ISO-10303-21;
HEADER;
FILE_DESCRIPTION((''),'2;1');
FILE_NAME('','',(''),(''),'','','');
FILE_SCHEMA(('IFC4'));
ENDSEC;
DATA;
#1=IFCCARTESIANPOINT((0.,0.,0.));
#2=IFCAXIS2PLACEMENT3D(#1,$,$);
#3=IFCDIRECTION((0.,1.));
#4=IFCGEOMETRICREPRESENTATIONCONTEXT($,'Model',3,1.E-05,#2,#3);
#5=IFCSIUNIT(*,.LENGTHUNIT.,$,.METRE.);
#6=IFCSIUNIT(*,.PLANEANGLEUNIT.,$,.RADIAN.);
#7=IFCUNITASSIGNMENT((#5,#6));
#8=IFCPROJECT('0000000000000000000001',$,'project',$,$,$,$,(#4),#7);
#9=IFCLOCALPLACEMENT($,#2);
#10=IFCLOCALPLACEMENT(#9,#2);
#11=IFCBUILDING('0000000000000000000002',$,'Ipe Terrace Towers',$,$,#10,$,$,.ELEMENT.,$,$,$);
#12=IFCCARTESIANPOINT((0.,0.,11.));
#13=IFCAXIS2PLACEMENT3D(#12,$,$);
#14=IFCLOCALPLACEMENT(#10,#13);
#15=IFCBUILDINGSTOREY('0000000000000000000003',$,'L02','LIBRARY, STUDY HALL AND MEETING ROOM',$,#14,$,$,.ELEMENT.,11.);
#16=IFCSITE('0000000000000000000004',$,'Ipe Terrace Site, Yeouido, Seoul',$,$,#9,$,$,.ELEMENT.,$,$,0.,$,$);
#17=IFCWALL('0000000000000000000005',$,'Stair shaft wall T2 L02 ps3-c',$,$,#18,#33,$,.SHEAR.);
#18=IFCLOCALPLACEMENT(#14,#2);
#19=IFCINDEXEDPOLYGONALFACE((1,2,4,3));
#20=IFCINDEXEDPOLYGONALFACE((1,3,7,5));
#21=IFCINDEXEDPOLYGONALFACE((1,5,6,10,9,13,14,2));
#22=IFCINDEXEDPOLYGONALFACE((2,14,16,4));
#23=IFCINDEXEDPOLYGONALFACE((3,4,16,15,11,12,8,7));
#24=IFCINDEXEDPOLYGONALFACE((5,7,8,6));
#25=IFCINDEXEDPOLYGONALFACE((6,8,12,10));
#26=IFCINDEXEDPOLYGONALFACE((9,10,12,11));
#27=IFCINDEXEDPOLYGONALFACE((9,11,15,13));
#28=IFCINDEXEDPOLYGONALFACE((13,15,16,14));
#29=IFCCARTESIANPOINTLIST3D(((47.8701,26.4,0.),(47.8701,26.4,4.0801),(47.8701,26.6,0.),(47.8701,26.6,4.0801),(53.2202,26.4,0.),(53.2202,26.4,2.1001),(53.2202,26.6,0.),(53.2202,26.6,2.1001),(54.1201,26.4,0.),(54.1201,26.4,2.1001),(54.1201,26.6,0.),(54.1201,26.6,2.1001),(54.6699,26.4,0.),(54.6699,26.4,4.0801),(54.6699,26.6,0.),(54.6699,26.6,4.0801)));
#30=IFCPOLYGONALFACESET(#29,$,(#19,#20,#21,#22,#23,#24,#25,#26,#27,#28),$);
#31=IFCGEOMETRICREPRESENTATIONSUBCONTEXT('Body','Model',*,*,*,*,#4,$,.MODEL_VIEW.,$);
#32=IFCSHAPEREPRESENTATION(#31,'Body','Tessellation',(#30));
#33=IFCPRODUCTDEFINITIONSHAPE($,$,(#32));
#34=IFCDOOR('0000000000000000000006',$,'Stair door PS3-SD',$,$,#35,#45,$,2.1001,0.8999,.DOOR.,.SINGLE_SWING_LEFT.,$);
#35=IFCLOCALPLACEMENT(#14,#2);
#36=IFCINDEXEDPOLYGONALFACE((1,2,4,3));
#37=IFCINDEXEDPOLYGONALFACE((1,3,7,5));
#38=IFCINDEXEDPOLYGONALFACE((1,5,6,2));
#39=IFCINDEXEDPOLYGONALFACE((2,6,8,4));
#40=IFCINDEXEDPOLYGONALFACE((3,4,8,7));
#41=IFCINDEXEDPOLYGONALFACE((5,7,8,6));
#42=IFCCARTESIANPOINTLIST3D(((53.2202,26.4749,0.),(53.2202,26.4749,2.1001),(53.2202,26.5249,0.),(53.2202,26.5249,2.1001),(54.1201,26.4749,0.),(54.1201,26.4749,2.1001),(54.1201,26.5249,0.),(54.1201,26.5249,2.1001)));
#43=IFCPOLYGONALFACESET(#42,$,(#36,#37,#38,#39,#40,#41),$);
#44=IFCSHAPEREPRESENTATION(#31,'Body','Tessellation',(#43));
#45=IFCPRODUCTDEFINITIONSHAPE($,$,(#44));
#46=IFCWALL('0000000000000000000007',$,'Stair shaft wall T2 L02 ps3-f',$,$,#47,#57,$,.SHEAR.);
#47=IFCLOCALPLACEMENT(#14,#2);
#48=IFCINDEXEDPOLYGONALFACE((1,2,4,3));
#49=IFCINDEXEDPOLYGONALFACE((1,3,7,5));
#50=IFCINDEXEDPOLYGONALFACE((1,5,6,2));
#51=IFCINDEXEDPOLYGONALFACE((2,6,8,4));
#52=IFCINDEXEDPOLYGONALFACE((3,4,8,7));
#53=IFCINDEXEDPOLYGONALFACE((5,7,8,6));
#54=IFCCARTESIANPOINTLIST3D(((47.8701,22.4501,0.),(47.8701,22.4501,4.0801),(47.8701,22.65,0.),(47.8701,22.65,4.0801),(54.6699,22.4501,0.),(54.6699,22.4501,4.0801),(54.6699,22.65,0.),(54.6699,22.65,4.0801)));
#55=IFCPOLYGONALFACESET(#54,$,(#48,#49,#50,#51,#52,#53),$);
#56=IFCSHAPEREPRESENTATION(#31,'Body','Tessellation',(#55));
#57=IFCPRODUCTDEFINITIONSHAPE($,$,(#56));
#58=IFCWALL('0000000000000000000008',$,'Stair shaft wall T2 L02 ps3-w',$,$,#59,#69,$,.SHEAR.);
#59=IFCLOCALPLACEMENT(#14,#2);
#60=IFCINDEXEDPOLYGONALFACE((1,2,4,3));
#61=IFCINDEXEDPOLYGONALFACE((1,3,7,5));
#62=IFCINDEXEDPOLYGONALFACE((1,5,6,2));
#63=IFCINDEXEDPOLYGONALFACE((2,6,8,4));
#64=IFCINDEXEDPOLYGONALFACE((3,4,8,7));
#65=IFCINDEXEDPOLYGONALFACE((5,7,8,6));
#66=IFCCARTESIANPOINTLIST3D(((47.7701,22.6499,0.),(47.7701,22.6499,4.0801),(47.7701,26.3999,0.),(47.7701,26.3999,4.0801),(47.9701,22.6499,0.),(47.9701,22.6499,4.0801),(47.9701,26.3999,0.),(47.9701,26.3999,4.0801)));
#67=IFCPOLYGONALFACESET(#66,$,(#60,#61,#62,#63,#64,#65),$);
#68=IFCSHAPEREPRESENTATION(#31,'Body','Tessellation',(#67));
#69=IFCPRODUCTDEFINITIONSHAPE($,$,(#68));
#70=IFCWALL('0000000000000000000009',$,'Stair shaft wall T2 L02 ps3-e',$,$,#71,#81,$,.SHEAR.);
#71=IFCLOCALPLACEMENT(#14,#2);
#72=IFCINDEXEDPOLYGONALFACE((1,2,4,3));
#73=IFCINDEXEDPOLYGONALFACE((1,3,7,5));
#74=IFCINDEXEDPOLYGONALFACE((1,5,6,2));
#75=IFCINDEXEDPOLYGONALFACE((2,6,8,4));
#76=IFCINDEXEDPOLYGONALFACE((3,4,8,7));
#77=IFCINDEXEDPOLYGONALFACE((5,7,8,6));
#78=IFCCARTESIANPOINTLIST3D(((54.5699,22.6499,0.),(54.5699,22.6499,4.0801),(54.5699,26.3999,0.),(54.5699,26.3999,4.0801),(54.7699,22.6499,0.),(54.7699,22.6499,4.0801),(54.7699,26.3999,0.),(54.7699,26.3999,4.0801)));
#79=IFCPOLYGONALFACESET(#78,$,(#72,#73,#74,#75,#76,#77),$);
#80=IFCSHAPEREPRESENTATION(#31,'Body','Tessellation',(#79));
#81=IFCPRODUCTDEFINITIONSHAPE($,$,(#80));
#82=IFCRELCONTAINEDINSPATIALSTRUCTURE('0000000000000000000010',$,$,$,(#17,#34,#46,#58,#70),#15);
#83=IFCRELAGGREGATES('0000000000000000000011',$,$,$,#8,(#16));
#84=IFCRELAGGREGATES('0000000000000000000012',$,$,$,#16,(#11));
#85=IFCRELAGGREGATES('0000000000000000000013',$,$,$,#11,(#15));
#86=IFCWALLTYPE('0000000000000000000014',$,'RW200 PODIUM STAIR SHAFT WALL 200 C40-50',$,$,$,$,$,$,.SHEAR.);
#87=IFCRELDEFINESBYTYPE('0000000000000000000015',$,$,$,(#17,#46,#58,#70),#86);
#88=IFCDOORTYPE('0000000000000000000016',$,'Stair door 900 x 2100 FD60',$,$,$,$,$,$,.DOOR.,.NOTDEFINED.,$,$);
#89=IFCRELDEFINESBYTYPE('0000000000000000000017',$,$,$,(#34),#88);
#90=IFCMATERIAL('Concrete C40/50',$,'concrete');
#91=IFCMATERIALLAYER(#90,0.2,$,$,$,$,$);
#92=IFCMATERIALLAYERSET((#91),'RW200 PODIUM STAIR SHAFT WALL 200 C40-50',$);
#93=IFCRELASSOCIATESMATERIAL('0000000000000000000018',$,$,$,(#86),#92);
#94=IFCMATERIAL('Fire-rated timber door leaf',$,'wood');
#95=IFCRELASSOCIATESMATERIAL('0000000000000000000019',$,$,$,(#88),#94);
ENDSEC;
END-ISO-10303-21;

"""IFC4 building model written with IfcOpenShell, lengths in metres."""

from ifc_helpers import new_model, si_unit, direction, frame, frame_2d, origin, place, context, subcontext, project, spatial, rectangle, extrude, material, layer, layer_set, type_object, element, fill, save


model = new_model("IFC4")

# Units and contexts
model_context = context("Model", 3, precision=1e-05, world=origin(), true_north=direction((0.0, 1.0)))
body_context = subcontext(model_context, "Body", "Model", "MODEL_VIEW")
ifc_project = project(units=[si_unit("LENGTHUNIT", "METRE"), si_unit("PLANEANGLEUNIT", "RADIAN")], contexts=[model_context])

# Site, building, storey
site_placement = place(None, origin())
site = spatial("IfcSite", under=ifc_project, at=site_placement, Name="Ipe Terrace Site, Yeouido, Seoul", CompositionType="ELEMENT", RefElevation=0.0)
building_placement = place(site_placement, origin())
building = spatial("IfcBuilding", under=site, at=building_placement, Name="Ipe Terrace Towers", CompositionType="ELEMENT")
storey_placement = place(building_placement, frame((0.0, 0.0, 11.0)))
storey = spatial("IfcBuildingStorey", under=building, at=storey_placement, Name="L02", Description="LIBRARY, STUDY HALL AND MEETING ROOM", CompositionType="ELEMENT", Elevation=11.0)

# Wall, opening, door
ifc_material_1 = material(Name="Concrete C40/50", Category="concrete")
ifc_layer_1 = layer(ifc_material_1, 0.2)
ifc_layer_set_1 = layer_set([ifc_layer_1], Name="RW200 PODIUM STAIR SHAFT WALL 200 C40-50")
wall_type_1 = type_object("IfcWallType", Name="RW200 PODIUM STAIR SHAFT WALL 200 C40-50", PredefinedType="SHEAR", material=ifc_layer_set_1)
wall_1_placement = place(storey_placement, frame((47.8701, 26.5, 0.0), z_axis=(0.0, 0.0, 1.0), x_axis=(1.0, 0.0, 0.0)))
wall_1 = element("IfcWall", 1, at=wall_1_placement, inside=storey, type_object=wall_type_1, Name="Stair shaft wall T2 L02 ps3-c", PredefinedType="SHEAR", context=body_context, shape_type="SweptSolid", body=[
    extrude(rectangle(XDim=6.7998, YDim=0.2, at=frame_2d((3.3999, 0.0))), origin(), (0.0, 0.0, 1.0), 4.0801),
])
opening_1_placement = place(wall_1_placement, frame((5.3501, 0.0, 0.0)))
opening_1 = element("IfcOpeningElement", 2, at=opening_1_placement, cuts=wall_1, PredefinedType="OPENING", context=body_context, shape_type="SweptSolid", body=[
    extrude(rectangle(XDim=0.8999, YDim=2.1001, at=frame_2d((0.45, 1.05))), frame((0.0, 0.1099, 0.0), z_axis=(0.0, -1.0, 0.0), x_axis=(1.0, 0.0, 0.0)), (0.0, 0.0, 1.0), 0.22),
])
ifc_material_2 = material(Name="Fire-rated timber door leaf", Category="wood")
door_type_1 = type_object("IfcDoorType", Name="Stair door 900 x 2100 FD60", OperationType="NOTDEFINED", PredefinedType="DOOR", material=ifc_material_2)
door_1_placement = place(opening_1_placement, origin())
door_1 = element("IfcDoor", 3, at=door_1_placement, inside=storey, type_object=door_type_1, Name="Stair door PS3-SD", OperationType="SINGLE_SWING_LEFT", OverallHeight=2.1001, OverallWidth=0.8999, PredefinedType="DOOR", context=body_context, shape_type="SweptSolid", body=[
    extrude(rectangle(XDim=0.8999, YDim=2.1001, at=frame_2d((0.45, 1.05))), frame((0.0, 0.0249, 0.0), z_axis=(0.0, -1.0, 0.0), x_axis=(1.0, 0.0, 0.0)), (0.0, 0.0, 1.0), 0.05),
])
fill(opening_1, door_1)

# Walls
wall_2_placement = place(storey_placement, frame((47.8701, 22.55, 0.0), z_axis=(0.0, 0.0, 1.0), x_axis=(1.0, 0.0, 0.0)))
element("IfcWall", 4, at=wall_2_placement, inside=storey, type_object=wall_type_1, Name="Stair shaft wall T2 L02 ps3-f", PredefinedType="SHEAR", context=body_context, shape_type="SweptSolid", body=[
    extrude(rectangle(XDim=6.7998, YDim=0.2, at=frame_2d((3.3999, 0.0))), origin(), (0.0, 0.0, 1.0), 4.0801),
])
for number, where, z_axis, x_axis, name in (
    (5, (47.8701, 22.6499, 0.0), (0.0, 0.0, 1.0), (0.0, 1.0, 0.0), "Stair shaft wall T2 L02 ps3-w"),
    (6, (54.6699, 22.6499, 0.0), (0.0, 0.0, 1.0), (0.0, 1.0, 0.0), "Stair shaft wall T2 L02 ps3-e"),
):
    element("IfcWall", number, at=place(storey_placement, frame(where, z_axis=z_axis, x_axis=x_axis)), inside=storey, type_object=wall_type_1, Name=name, PredefinedType="SHEAR", context=body_context, shape_type="SweptSolid", body=[
        extrude(rectangle(XDim=3.75, YDim=0.2, at=frame_2d((1.875, 0.0))), origin(), (0.0, 0.0, 1.0), 4.0801),
    ])

save(model, "model.ifc")
